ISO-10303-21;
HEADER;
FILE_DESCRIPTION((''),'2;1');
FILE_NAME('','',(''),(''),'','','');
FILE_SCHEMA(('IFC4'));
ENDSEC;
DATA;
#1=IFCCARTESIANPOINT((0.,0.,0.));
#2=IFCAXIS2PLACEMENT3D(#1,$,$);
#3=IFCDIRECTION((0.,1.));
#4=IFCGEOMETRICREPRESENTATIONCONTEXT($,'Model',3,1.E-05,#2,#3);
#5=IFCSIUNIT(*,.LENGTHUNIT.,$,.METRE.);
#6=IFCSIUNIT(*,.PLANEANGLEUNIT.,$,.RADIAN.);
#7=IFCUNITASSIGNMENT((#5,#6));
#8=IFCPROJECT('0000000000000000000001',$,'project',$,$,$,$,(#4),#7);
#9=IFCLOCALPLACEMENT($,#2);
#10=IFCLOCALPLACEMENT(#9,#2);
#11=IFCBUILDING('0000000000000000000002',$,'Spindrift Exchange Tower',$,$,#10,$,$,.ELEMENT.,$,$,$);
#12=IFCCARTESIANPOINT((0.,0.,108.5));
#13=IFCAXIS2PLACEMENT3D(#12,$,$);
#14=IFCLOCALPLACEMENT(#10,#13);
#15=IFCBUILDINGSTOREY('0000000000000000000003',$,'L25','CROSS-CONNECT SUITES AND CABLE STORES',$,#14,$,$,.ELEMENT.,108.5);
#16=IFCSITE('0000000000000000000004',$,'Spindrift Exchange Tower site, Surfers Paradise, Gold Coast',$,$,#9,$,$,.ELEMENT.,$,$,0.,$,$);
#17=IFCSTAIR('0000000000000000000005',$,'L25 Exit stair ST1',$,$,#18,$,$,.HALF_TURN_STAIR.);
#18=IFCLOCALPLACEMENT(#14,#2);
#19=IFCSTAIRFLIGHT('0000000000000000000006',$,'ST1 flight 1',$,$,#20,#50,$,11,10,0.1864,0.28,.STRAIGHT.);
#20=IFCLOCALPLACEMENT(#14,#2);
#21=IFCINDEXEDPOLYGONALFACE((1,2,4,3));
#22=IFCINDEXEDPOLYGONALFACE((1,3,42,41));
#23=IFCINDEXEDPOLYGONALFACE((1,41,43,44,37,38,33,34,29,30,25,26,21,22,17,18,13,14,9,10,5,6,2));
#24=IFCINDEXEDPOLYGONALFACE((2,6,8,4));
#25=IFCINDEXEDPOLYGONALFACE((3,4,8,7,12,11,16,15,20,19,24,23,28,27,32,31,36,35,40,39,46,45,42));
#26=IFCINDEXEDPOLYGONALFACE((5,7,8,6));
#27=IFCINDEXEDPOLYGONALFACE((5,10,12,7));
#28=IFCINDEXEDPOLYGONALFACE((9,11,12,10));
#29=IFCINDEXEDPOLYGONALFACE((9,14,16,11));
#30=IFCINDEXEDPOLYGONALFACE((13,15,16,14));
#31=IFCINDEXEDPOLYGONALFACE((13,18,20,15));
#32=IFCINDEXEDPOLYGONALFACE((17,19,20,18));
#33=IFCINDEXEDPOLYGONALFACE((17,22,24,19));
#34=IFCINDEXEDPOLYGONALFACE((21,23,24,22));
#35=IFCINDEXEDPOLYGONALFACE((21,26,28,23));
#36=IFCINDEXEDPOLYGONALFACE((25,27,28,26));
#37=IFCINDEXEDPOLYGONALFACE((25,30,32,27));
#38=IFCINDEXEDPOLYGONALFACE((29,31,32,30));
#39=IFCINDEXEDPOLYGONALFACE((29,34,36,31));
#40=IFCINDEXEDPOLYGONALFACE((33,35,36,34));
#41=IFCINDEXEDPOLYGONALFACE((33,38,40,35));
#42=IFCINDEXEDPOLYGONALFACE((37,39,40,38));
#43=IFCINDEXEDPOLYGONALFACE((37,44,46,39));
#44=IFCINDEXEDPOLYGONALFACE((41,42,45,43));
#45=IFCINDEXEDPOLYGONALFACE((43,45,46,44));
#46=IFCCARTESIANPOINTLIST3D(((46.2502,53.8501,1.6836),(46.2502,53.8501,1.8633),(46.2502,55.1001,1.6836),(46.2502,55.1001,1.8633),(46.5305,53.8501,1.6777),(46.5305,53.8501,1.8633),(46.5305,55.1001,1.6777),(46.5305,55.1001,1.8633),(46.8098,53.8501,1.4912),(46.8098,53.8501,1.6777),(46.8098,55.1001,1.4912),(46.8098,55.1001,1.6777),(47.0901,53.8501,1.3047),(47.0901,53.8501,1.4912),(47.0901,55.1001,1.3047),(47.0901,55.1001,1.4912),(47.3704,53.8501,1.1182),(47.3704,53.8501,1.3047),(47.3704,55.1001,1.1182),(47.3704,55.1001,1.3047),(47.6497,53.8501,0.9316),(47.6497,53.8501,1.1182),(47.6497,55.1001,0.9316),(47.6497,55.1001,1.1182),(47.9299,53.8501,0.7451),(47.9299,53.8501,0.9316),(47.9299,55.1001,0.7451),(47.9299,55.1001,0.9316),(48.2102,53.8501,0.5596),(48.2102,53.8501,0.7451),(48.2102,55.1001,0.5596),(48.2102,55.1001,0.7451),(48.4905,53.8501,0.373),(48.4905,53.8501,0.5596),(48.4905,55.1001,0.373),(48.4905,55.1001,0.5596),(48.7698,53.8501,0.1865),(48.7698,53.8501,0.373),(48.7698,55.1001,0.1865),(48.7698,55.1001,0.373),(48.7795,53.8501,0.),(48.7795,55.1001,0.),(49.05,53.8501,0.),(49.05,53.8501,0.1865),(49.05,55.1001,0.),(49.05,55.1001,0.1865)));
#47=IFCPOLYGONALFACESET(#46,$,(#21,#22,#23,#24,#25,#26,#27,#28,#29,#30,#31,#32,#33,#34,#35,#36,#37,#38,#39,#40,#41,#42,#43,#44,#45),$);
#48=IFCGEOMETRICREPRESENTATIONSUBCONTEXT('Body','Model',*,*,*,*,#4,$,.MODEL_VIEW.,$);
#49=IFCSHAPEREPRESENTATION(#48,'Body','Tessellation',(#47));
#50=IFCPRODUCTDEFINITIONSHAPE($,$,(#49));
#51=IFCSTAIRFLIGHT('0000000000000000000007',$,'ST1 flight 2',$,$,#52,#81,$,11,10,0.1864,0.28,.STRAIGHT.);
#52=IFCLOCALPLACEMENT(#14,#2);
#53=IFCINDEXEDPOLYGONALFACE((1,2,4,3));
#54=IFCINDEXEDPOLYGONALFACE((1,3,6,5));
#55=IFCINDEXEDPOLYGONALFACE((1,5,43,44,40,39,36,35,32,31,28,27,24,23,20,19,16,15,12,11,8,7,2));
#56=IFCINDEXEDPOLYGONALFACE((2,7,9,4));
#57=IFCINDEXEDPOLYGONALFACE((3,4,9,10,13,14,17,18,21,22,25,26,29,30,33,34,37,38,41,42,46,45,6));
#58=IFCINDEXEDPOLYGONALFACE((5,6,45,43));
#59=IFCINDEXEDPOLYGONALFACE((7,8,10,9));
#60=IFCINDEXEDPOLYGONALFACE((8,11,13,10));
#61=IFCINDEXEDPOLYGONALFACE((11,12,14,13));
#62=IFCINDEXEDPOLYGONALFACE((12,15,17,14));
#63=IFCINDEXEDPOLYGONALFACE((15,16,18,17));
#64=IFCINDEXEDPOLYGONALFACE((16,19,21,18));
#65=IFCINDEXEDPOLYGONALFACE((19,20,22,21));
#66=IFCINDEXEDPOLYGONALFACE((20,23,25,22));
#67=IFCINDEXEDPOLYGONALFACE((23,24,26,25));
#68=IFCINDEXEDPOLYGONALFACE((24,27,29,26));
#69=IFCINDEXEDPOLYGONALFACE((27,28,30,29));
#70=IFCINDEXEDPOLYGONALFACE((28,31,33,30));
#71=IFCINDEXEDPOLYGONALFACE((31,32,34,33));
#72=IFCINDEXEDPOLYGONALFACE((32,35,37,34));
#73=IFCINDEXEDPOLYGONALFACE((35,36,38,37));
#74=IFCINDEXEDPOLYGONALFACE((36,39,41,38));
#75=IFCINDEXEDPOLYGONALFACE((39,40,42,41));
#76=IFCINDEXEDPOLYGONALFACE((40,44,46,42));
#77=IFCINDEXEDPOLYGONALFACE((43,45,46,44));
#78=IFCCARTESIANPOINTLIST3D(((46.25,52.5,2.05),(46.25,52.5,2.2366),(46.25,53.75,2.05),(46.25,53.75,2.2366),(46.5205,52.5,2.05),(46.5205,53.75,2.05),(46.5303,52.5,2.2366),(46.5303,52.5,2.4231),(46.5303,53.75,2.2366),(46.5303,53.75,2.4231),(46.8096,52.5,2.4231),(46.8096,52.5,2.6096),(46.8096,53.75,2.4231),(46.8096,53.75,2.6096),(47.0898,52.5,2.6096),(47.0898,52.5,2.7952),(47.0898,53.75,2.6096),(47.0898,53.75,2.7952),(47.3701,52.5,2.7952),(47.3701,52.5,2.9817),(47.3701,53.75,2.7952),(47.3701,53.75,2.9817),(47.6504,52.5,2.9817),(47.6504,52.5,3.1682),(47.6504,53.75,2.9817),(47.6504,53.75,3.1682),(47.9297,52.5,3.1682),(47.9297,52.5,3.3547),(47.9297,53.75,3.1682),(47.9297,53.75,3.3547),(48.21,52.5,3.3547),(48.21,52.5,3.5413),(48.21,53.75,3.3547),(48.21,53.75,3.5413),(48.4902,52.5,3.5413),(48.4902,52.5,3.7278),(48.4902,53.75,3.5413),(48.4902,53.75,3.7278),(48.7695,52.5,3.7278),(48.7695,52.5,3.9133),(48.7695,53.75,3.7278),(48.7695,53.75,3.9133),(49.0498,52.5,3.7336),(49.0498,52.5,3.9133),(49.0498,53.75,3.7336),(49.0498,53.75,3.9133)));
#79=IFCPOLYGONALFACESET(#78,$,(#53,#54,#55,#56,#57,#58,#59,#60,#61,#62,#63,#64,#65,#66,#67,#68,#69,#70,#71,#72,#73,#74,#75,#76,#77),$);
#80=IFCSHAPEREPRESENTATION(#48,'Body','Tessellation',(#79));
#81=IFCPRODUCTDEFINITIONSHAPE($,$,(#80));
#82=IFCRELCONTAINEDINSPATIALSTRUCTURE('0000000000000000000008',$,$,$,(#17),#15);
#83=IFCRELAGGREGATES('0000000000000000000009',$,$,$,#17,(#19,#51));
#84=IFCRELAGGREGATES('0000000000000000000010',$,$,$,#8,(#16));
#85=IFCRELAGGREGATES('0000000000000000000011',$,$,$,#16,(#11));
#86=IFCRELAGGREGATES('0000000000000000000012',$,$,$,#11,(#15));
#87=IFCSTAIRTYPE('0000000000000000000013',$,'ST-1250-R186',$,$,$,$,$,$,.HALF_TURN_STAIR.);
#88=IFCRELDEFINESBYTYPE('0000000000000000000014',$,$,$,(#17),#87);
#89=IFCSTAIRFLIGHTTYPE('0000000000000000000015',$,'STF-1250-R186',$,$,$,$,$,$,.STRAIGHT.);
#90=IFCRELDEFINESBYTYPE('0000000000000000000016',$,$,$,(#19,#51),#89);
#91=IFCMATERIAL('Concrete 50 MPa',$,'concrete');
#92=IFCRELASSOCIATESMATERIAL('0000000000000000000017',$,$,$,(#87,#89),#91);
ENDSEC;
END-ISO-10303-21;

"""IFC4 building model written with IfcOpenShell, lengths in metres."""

from ifc_helpers import new_model, si_unit, direction, frame, origin, place, context, subcontext, project, spatial, line, indexed_curve, outline, extrude, material, type_object, element, aggregate, save


model = new_model("IFC4")

# Units and contexts
model_context = context("Model", 3, precision=1e-05, world=origin(), true_north=direction((0.0, 1.0)))
body_context = subcontext(model_context, "Body", "Model", "MODEL_VIEW")
ifc_project = project(units=[si_unit("LENGTHUNIT", "METRE"), si_unit("PLANEANGLEUNIT", "RADIAN")], contexts=[model_context])

# Site, building, storey
site_placement = place(None, origin())
site = spatial("IfcSite", under=ifc_project, at=site_placement, Name="Spindrift Exchange Tower site, Surfers Paradise, Gold Coast", CompositionType="ELEMENT", RefElevation=0.0)
building_placement = place(site_placement, origin())
building = spatial("IfcBuilding", under=site, at=building_placement, Name="Spindrift Exchange Tower", CompositionType="ELEMENT")
storey_placement = place(building_placement, frame((0.0, 0.0, 108.5)))
storey = spatial("IfcBuildingStorey", under=building, at=storey_placement, Name="L25", Description="CROSS-CONNECT SUITES AND CABLE STORES", CompositionType="ELEMENT", Elevation=108.5)

# Stair, stair flights
ifc_material_1 = material(Name="Concrete 50 MPa", Category="concrete")
stair_type = type_object("IfcStairType", Name="ST-1250-R186", PredefinedType="HALF_TURN_STAIR", material=ifc_material_1)
stair_placement = place(storey_placement, origin())
stair = element("IfcStair", 1, at=stair_placement, inside=storey, type_object=stair_type, Name="L25 Exit stair ST1", PredefinedType="HALF_TURN_STAIR")
stair_flight_type = type_object("IfcStairFlightType", Name="STF-1250-R186", PredefinedType="STRAIGHT", material=ifc_material_1)
stair_flight_1_placement = place(storey_placement, frame((49.05, 54.4751, 0.0), z_axis=(0.0, 0.0, 1.0), x_axis=(-1.0, 0.0, 0.0)))
stair_flight_1 = element("IfcStairFlight", 2, at=stair_flight_1_placement, type_object=stair_flight_type, Name="ST1 flight 1", NumberOfRisers=11, NumberOfTreads=10, PredefinedType="STRAIGHT", RiserHeight=0.1864, TreadLength=0.28, context=body_context, shape_type="SweptSolid", body=[
    extrude(outline(indexed_curve([(0.0, 0.0), (0.0, 0.1865), (0.2803, 0.1865), (0.2803, 0.373), (0.5596, 0.373), (0.5596, 0.5596), (0.8398, 0.5596), (0.8398, 0.7451), (1.1201, 0.7451), (1.1201, 0.9316), (1.4004, 0.9316), (1.4004, 1.1182), (1.6797, 1.1182), (1.6797, 1.3047), (1.96, 1.3047), (1.96, 1.4912), (2.2402, 1.4912), (2.2402, 1.6777), (2.5195, 1.6777), (2.5195, 1.8633), (2.7998, 1.8633), (2.7998, 2.0498), (2.7998, 1.6836), (0.2705, 0.0)], segments=[line(1, 2, 3, 4, 5, 6, 7, 8, 9, 10, 11, 12, 13, 14, 15, 16, 17, 18, 19, 20, 21, 22, 23, 24, 1)], self_intersect=False)), frame((0.0, 0.625, 0.0), z_axis=(0.0, -1.0, 0.0), x_axis=(1.0, 0.0, 0.0)), (0.0, 0.0, 1.0), 1.25),
])
stair_flight_2_placement = place(storey_placement, frame((46.25, 53.125, 2.05), z_axis=(0.0, 0.0, 1.0), x_axis=(1.0, 0.0, 0.0)))
stair_flight_2 = element("IfcStairFlight", 3, at=stair_flight_2_placement, type_object=stair_flight_type, Name="ST1 flight 2", NumberOfRisers=11, NumberOfTreads=10, PredefinedType="STRAIGHT", RiserHeight=0.1864, TreadLength=0.28, context=body_context, shape_type="SweptSolid", body=[
    extrude(outline(indexed_curve([(0.0, 0.0), (0.0, 0.1865), (0.2803, 0.1865), (0.2803, 0.373), (0.5596, 0.373), (0.5596, 0.5596), (0.8398, 0.5596), (0.8398, 0.7451), (1.1201, 0.7451), (1.1201, 0.9316), (1.4004, 0.9316), (1.4004, 1.1182), (1.6797, 1.1182), (1.6797, 1.3047), (1.96, 1.3047), (1.96, 1.4912), (2.2402, 1.4912), (2.2402, 1.6777), (2.5195, 1.6777), (2.5195, 1.8633), (2.7998, 1.8633), (2.7998, 2.0498), (2.7998, 1.6836), (0.2705, 0.0)], segments=[line(1, 2, 3, 4, 5, 6, 7, 8, 9, 10, 11, 12, 13, 14, 15, 16, 17, 18, 19, 20, 21, 22, 23, 24, 1)], self_intersect=False)), frame((0.0, 0.625, 0.0), z_axis=(0.0, -1.0, 0.0), x_axis=(1.0, 0.0, 0.0)), (0.0, 0.0, 1.0), 1.25),
])
aggregate(stair, [stair_flight_1, stair_flight_2])

save(model, "model.ifc")
